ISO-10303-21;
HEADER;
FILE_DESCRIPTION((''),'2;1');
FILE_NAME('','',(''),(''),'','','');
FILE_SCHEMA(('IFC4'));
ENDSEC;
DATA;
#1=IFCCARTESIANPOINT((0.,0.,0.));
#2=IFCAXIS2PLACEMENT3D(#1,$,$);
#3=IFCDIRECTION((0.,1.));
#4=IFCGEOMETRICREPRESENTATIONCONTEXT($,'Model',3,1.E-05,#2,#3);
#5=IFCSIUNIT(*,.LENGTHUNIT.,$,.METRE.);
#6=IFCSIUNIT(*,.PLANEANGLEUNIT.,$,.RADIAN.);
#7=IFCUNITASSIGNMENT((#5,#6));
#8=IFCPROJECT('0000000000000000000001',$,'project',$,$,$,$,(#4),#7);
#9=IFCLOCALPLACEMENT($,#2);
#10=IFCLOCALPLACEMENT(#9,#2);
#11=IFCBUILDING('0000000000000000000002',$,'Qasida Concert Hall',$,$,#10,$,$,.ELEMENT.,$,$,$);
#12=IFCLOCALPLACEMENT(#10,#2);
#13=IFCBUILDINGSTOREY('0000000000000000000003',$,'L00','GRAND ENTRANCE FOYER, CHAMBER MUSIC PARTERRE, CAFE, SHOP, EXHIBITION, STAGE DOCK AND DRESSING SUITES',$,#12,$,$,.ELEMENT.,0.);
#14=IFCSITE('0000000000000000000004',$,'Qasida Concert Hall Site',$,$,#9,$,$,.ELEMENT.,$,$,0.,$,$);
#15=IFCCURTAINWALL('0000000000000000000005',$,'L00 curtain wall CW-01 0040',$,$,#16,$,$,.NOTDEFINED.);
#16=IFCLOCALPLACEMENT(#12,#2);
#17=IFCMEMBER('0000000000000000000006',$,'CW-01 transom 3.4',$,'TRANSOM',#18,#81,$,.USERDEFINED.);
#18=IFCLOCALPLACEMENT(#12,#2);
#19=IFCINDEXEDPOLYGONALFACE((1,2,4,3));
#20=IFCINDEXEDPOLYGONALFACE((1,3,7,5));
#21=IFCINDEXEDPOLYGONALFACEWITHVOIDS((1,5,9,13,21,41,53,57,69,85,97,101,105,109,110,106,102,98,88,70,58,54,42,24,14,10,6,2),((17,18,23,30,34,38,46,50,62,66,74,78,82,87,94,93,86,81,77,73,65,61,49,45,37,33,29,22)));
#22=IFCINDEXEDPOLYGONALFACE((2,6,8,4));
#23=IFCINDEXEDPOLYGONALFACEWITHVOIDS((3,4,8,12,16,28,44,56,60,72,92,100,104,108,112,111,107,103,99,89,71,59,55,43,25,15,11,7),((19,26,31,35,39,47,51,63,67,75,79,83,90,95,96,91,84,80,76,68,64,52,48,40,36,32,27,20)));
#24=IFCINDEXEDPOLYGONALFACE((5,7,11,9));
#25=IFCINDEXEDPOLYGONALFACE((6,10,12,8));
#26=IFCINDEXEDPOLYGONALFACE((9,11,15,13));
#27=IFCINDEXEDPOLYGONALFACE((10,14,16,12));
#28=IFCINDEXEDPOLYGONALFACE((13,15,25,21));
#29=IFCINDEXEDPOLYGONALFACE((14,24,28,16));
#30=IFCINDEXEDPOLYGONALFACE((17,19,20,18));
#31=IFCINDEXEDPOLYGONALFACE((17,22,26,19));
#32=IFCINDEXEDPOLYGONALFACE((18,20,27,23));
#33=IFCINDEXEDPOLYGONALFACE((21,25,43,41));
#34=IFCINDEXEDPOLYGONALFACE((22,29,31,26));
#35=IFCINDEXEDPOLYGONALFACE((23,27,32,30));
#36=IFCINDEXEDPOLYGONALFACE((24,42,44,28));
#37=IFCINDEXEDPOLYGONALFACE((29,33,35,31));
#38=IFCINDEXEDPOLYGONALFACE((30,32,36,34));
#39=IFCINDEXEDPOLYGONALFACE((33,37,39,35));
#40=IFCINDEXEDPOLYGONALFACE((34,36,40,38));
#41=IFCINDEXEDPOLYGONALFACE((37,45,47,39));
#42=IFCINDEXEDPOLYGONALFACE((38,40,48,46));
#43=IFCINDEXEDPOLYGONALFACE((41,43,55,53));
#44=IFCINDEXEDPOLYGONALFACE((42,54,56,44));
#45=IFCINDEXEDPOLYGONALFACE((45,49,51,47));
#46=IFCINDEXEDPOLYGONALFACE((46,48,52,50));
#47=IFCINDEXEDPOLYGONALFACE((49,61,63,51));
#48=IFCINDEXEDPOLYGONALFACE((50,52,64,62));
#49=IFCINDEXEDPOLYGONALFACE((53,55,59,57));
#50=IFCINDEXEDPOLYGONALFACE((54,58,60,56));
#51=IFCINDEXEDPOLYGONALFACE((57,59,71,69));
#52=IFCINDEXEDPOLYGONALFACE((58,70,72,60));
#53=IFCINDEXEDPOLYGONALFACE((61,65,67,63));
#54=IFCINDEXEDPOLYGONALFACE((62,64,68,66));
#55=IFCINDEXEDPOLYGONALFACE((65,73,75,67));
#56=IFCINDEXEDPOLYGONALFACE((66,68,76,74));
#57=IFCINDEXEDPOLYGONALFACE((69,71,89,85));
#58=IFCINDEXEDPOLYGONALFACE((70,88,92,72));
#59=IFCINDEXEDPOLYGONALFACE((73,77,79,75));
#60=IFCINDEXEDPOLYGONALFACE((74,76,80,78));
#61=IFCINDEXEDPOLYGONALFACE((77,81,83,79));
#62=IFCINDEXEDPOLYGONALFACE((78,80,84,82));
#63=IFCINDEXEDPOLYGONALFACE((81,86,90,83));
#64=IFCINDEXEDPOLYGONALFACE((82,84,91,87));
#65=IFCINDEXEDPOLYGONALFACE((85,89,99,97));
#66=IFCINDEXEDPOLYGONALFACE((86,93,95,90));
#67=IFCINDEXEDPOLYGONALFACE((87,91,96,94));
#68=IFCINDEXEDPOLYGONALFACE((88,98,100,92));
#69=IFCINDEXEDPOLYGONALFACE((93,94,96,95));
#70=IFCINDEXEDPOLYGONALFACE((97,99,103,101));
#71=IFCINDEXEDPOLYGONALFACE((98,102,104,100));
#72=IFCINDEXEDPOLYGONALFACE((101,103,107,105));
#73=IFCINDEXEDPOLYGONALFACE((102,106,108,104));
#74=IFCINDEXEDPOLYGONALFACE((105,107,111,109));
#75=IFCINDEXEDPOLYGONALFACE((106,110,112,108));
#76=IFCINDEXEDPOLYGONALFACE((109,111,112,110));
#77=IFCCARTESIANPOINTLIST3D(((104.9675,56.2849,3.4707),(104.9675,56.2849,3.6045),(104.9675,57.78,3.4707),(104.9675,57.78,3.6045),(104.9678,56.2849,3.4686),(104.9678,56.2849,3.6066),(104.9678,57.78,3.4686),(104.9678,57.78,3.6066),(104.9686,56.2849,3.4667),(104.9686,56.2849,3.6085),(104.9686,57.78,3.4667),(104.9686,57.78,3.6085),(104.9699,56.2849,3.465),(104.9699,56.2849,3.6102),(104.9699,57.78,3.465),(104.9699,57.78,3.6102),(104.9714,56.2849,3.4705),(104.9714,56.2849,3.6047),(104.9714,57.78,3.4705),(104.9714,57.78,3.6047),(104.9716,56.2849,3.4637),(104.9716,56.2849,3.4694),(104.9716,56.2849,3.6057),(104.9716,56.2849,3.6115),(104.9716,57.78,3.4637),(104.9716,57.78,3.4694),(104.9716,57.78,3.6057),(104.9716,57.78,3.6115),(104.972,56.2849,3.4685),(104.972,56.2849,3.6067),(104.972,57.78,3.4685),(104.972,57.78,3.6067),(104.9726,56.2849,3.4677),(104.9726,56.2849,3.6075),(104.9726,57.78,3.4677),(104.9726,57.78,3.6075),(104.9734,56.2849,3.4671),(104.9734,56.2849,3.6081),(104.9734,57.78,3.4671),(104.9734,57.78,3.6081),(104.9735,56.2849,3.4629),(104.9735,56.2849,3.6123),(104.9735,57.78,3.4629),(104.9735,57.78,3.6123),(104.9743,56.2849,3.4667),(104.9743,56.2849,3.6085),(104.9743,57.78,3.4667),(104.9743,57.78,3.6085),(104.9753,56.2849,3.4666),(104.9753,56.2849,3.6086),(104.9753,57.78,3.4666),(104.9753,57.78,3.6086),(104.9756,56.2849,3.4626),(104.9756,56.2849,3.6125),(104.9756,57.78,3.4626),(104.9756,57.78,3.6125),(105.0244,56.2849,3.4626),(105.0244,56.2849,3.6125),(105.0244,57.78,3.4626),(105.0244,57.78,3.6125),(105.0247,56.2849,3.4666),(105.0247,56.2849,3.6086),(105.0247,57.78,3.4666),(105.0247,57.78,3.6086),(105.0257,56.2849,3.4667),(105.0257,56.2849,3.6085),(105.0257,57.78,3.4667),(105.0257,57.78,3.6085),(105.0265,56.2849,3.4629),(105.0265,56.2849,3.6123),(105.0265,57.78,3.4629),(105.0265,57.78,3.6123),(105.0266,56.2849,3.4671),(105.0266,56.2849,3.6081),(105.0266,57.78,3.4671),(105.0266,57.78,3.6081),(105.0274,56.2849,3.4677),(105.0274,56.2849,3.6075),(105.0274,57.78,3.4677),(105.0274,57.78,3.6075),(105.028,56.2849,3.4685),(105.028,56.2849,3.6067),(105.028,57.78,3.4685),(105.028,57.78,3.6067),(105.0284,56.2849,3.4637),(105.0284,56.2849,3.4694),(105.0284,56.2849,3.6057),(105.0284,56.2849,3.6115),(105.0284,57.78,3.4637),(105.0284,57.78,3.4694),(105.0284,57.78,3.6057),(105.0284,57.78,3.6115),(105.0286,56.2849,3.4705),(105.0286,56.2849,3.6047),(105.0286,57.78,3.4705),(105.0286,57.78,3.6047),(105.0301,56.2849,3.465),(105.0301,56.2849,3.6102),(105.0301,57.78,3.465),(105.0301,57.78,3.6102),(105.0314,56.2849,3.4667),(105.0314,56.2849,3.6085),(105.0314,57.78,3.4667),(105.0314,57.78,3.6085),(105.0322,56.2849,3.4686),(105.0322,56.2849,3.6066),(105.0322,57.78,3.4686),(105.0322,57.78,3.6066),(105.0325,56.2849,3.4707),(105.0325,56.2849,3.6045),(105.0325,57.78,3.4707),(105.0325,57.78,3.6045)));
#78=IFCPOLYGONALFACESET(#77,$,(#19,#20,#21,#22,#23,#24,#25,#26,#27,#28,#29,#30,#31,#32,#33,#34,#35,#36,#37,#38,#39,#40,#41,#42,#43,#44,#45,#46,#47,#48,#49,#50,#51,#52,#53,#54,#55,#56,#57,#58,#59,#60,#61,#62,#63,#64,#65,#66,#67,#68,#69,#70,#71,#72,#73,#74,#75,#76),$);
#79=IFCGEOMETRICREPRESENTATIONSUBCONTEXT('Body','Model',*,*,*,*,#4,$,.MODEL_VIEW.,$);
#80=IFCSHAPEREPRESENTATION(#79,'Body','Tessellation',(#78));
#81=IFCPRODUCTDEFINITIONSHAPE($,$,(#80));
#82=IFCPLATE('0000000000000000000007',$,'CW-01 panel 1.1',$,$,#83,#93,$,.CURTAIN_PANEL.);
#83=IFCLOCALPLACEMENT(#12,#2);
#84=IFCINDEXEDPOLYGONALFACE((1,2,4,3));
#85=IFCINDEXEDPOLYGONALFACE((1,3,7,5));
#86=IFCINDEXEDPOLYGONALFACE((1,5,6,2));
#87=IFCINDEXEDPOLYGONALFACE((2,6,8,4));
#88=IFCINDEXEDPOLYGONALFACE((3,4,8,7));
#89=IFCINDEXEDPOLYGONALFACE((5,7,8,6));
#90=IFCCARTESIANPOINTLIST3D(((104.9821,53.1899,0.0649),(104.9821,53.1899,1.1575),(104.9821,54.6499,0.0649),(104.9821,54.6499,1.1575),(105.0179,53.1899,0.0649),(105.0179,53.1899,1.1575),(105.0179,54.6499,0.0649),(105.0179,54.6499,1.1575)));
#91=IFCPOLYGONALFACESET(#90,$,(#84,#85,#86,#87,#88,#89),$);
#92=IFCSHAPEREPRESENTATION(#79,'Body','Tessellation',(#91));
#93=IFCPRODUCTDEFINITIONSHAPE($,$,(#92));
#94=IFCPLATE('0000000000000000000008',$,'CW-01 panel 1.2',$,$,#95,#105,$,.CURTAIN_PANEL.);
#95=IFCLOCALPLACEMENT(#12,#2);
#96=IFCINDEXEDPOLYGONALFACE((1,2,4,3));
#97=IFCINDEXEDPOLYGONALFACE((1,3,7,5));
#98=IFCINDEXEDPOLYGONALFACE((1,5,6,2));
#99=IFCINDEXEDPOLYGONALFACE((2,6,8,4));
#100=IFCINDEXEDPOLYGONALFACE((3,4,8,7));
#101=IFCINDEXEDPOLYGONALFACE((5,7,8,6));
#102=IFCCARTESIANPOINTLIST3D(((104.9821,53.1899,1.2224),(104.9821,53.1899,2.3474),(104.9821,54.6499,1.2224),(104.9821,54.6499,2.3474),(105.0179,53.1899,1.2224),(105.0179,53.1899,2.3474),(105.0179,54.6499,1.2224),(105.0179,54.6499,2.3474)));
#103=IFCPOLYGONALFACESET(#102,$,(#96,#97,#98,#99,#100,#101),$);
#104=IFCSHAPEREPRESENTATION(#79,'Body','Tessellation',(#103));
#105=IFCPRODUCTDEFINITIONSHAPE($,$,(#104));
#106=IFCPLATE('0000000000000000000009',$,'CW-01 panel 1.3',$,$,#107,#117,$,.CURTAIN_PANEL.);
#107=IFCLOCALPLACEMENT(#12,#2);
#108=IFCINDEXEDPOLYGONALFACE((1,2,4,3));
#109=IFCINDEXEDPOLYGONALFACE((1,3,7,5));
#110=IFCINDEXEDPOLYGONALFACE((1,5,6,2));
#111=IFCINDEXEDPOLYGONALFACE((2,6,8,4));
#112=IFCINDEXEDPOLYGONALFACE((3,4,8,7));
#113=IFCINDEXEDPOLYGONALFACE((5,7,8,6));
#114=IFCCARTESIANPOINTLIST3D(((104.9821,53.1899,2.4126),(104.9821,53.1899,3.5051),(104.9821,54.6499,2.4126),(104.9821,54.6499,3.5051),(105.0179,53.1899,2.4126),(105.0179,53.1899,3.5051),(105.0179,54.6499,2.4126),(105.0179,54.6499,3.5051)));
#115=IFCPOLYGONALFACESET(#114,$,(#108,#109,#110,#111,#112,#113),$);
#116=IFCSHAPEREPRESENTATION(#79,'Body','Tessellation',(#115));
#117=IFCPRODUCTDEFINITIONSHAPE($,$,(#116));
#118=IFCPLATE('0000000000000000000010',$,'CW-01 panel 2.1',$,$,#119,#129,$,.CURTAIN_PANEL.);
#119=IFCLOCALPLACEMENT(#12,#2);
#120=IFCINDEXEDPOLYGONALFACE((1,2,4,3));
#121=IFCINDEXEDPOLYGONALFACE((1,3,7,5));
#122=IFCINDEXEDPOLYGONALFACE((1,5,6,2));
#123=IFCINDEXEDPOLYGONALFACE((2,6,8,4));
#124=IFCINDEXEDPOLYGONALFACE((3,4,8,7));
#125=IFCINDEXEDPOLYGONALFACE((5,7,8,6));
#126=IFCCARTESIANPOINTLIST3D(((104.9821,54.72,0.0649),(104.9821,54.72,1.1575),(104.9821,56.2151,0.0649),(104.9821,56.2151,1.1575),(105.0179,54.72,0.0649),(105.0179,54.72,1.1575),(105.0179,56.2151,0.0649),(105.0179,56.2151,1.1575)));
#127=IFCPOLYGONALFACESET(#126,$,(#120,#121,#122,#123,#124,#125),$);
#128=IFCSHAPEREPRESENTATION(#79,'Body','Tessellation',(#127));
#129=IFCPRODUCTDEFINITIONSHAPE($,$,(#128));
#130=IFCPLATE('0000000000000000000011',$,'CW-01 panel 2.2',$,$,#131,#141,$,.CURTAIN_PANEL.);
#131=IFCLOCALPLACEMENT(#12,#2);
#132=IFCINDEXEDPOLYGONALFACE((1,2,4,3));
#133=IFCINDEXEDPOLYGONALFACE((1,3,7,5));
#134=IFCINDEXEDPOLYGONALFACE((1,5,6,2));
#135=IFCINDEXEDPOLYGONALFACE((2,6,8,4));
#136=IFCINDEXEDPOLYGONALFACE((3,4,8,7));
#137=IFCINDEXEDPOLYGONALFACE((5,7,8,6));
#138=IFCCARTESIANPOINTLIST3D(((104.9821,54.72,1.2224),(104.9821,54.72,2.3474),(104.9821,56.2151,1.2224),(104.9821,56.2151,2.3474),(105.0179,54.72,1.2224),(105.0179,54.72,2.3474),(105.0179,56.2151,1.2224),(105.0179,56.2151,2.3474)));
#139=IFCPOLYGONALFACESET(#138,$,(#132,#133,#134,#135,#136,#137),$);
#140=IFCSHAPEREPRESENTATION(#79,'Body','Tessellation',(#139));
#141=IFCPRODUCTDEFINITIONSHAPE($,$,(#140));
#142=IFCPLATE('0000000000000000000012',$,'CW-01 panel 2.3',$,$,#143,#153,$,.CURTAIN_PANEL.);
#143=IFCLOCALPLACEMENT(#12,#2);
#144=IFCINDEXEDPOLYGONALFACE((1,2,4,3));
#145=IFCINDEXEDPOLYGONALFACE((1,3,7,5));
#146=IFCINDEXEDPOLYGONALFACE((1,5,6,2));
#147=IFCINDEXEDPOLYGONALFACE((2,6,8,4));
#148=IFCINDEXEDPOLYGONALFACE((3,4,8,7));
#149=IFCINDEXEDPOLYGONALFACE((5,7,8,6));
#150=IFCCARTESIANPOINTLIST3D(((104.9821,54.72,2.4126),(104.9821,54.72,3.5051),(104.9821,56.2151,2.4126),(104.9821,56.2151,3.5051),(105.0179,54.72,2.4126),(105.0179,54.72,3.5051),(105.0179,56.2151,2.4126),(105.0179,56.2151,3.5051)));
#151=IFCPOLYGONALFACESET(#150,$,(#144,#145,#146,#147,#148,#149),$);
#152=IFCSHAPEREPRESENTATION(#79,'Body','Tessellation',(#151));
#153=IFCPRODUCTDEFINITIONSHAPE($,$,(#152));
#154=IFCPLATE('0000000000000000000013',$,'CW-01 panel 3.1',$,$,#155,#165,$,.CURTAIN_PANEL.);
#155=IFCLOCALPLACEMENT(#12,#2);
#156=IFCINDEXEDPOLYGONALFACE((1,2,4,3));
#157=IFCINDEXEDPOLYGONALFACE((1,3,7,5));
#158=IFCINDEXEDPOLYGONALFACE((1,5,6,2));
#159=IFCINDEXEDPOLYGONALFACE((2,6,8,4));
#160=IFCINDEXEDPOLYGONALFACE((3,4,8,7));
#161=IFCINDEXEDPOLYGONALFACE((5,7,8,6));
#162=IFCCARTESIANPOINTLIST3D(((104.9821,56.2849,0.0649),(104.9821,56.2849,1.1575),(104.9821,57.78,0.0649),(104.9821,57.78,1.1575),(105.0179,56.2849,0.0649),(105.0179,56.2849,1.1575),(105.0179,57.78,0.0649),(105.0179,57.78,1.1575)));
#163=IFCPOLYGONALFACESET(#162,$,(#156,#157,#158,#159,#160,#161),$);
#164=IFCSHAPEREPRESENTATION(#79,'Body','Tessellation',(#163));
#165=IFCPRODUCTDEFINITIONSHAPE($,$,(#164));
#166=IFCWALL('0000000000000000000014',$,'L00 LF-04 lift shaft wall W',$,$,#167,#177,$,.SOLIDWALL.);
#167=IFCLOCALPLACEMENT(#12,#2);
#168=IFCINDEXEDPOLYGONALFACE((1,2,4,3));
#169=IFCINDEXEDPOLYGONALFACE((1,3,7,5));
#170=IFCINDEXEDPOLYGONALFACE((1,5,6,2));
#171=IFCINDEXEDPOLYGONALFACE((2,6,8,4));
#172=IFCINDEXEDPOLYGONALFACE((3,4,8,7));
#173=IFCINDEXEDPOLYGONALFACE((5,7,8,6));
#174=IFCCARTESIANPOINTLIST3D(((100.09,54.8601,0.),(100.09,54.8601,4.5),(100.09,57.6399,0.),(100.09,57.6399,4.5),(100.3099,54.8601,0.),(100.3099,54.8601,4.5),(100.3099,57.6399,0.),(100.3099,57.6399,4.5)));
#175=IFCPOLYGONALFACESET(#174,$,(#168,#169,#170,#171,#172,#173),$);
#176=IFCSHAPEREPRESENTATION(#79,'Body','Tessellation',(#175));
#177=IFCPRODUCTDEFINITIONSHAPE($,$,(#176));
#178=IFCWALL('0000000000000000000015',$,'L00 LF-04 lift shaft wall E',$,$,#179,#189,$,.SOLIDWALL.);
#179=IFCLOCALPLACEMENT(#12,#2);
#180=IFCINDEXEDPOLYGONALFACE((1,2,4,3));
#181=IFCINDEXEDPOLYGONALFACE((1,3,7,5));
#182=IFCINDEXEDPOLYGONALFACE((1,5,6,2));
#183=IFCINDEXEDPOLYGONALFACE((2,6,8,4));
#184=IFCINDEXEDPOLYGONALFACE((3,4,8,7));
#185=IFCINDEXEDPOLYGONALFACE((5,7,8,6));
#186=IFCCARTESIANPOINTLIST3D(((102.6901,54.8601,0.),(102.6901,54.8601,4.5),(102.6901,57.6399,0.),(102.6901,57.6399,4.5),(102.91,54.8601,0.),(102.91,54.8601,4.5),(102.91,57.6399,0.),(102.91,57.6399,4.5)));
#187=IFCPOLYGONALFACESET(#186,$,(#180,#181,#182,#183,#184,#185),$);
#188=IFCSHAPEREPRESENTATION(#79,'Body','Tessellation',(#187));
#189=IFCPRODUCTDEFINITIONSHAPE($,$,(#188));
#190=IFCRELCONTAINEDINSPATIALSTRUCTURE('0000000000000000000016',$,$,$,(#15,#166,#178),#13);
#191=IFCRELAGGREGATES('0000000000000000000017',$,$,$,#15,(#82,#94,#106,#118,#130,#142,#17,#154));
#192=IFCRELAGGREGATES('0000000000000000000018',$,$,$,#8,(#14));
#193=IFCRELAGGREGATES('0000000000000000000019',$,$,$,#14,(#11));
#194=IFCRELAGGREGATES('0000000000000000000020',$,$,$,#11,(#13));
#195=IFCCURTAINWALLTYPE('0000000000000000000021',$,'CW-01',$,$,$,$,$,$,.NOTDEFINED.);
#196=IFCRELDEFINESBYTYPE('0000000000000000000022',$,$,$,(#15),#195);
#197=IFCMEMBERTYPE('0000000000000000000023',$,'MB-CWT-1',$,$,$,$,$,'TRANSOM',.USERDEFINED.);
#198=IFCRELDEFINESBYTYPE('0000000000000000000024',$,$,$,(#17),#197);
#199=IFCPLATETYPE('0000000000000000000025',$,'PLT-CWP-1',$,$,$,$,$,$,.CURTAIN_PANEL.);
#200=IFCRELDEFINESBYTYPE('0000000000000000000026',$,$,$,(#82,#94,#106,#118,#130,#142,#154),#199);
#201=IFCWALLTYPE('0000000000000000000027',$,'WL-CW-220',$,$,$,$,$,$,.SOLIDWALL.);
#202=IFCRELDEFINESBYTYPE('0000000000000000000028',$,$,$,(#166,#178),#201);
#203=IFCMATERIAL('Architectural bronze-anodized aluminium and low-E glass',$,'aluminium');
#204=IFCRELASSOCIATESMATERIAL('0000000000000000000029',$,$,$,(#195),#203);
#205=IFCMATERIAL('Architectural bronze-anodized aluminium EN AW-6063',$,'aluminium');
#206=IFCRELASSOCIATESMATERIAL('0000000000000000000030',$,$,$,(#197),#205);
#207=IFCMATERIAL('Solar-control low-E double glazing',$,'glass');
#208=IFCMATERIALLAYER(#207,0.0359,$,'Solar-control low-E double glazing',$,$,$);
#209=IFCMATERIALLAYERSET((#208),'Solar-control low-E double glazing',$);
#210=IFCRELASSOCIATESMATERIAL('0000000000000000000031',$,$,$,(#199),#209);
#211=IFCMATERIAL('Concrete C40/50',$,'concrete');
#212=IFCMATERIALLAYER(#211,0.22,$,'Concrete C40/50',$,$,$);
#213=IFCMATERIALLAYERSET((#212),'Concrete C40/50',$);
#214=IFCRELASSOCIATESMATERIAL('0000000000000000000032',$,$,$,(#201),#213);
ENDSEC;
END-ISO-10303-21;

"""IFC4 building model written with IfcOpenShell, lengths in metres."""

from ifc_helpers import new_model, si_unit, direction, frame, frame_2d, origin, origin_2d, place, context, subcontext, project, spatial, rectangle, hollow_rectangle, extrude, material, layer, layer_set, material_profile, profile_set, type_object, element, aggregate, save


model = new_model("IFC4")

# Units and contexts
model_context = context("Model", 3, precision=1e-05, world=origin(), true_north=direction((0.0, 1.0)))
body_context = subcontext(model_context, "Body", "Model", "MODEL_VIEW")
ifc_project = project(units=[si_unit("LENGTHUNIT", "METRE"), si_unit("PLANEANGLEUNIT", "RADIAN")], contexts=[model_context])

# Site, building, storey
site_placement = place(None, origin())
site = spatial("IfcSite", under=ifc_project, at=site_placement, Name="Qasida Concert Hall Site", CompositionType="ELEMENT", RefElevation=0.0)
building_placement = place(site_placement, origin())
building = spatial("IfcBuilding", under=site, at=building_placement, Name="Qasida Concert Hall", CompositionType="ELEMENT")
storey_placement = place(building_placement, origin())
storey = spatial("IfcBuildingStorey", under=building, at=storey_placement, Name="L00", Description="GRAND ENTRANCE FOYER, CHAMBER MUSIC PARTERRE, CAFE, SHOP, EXHIBITION, STAGE DOCK AND DRESSING SUITES", CompositionType="ELEMENT", Elevation=0.0)

# Curtain wall, member, plates
ifc_material_1 = material(Name="Architectural bronze-anodized aluminium and low-E glass", Category="aluminium")
curtain_wall_type = type_object("IfcCurtainWallType", Name="CW-01", PredefinedType="NOTDEFINED", material=ifc_material_1)
curtain_wall_placement = place(storey_placement, origin())
curtain_wall = element("IfcCurtainWall", 1, at=curtain_wall_placement, inside=storey, type_object=curtain_wall_type, Name="L00 curtain wall CW-01 0040", PredefinedType="NOTDEFINED")
ifc_material_2 = material(Name="Architectural bronze-anodized aluminium EN AW-6063", Category="aluminium")
ifc_material_profile_1 = material_profile(ifc_material_2, hollow_rectangle(XDim=0.0649, YDim=0.1499, WallThickness=0.0039, InnerFilletRadius=0.0039, OuterFilletRadius=0.0081, at=origin_2d()), Name="CWT 150x65x4")
ifc_profile_set_1 = profile_set([ifc_material_profile_1], Name="Architectural bronze-anodized aluminium EN AW-6063")
member_type_1 = type_object("IfcMemberType", Name="MB-CWT-1", ElementType="TRANSOM", PredefinedType="USERDEFINED", material=ifc_profile_set_1)
member_1_placement = place(storey_placement, frame((105.0, 56.2849, 3.5376), z_axis=(0.0, 1.0, 0.0), x_axis=(-1.0, 0.0, 0.0)))
member_1 = element("IfcMember", 2, at=member_1_placement, type_object=member_type_1, Name="CW-01 transom 3.4", ObjectType="TRANSOM", PredefinedType="USERDEFINED", context=body_context, shape_type="SweptSolid", body=[
    extrude(hollow_rectangle(XDim=0.0649, YDim=0.1499, WallThickness=0.0039, InnerFilletRadius=0.0039, OuterFilletRadius=0.0081, at=origin_2d()), origin(), (0.0, 0.0, 1.0), 1.4951),
])
ifc_material_3 = material(Name="Solar-control low-E double glazing", Category="glass")
ifc_layer_1 = layer(ifc_material_3, 0.0359, Name="Solar-control low-E double glazing")
ifc_layer_set_1 = layer_set([ifc_layer_1], Name="Solar-control low-E double glazing")
plate_type = type_object("IfcPlateType", Name="PLT-CWP-1", PredefinedType="CURTAIN_PANEL", material=ifc_layer_set_1)
plate_1_placement = place(storey_placement, frame((105.0, 53.9199, 0.0649), z_axis=(0.0, 0.0, 1.0), x_axis=(0.0, 1.0, 0.0)))
plate_1 = element("IfcPlate", 3, at=plate_1_placement, type_object=plate_type, Name="CW-01 panel 1.1", PredefinedType="CURTAIN_PANEL", context=body_context, shape_type="SweptSolid", body=[
    extrude(rectangle(XDim=1.46, YDim=0.0359, at=origin_2d()), origin(), (0.0, 0.0, 1.0), 1.0925),
])
plate_2_placement = place(storey_placement, frame((105.0, 53.9199, 1.2224), z_axis=(0.0, 0.0, 1.0), x_axis=(0.0, 1.0, 0.0)))
plate_2 = element("IfcPlate", 4, at=plate_2_placement, type_object=plate_type, Name="CW-01 panel 1.2", PredefinedType="CURTAIN_PANEL", context=body_context, shape_type="SweptSolid", body=[
    extrude(rectangle(XDim=1.46, YDim=0.0359, at=origin_2d()), origin(), (0.0, 0.0, 1.0), 1.125),
])
plate_3_placement = place(storey_placement, frame((105.0, 53.9199, 2.4126), z_axis=(0.0, 0.0, 1.0), x_axis=(0.0, 1.0, 0.0)))
plate_3 = element("IfcPlate", 5, at=plate_3_placement, type_object=plate_type, Name="CW-01 panel 1.3", PredefinedType="CURTAIN_PANEL", context=body_context, shape_type="SweptSolid", body=[
    extrude(rectangle(XDim=1.46, YDim=0.0359, at=origin_2d()), origin(), (0.0, 0.0, 1.0), 1.0925),
])
plate_4_placement = place(storey_placement, frame((105.0, 55.4675, 0.0649), z_axis=(0.0, 0.0, 1.0), x_axis=(0.0, 1.0, 0.0)))
plate_4 = element("IfcPlate", 6, at=plate_4_placement, type_object=plate_type, Name="CW-01 panel 2.1", PredefinedType="CURTAIN_PANEL", context=body_context, shape_type="SweptSolid", body=[
    extrude(rectangle(XDim=1.4951, YDim=0.0359, at=origin_2d()), origin(), (0.0, 0.0, 1.0), 1.0925),
])
plate_5_placement = place(storey_placement, frame((105.0, 55.4675, 1.2224), z_axis=(0.0, 0.0, 1.0), x_axis=(0.0, 1.0, 0.0)))
plate_5 = element("IfcPlate", 7, at=plate_5_placement, type_object=plate_type, Name="CW-01 panel 2.2", PredefinedType="CURTAIN_PANEL", context=body_context, shape_type="SweptSolid", body=[
    extrude(rectangle(XDim=1.4951, YDim=0.0359, at=origin_2d()), origin(), (0.0, 0.0, 1.0), 1.125),
])
plate_6_placement = place(storey_placement, frame((105.0, 55.4675, 2.4126), z_axis=(0.0, 0.0, 1.0), x_axis=(0.0, 1.0, 0.0)))
plate_6 = element("IfcPlate", 8, at=plate_6_placement, type_object=plate_type, Name="CW-01 panel 2.3", PredefinedType="CURTAIN_PANEL", context=body_context, shape_type="SweptSolid", body=[
    extrude(rectangle(XDim=1.4951, YDim=0.0359, at=origin_2d()), origin(), (0.0, 0.0, 1.0), 1.0925),
])
plate_7_placement = place(storey_placement, frame((105.0, 57.0325, 0.0649), z_axis=(0.0, 0.0, 1.0), x_axis=(0.0, 1.0, 0.0)))
plate_7 = element("IfcPlate", 9, at=plate_7_placement, type_object=plate_type, Name="CW-01 panel 3.1", PredefinedType="CURTAIN_PANEL", context=body_context, shape_type="SweptSolid", body=[
    extrude(rectangle(XDim=1.4951, YDim=0.0359, at=origin_2d()), origin(), (0.0, 0.0, 1.0), 1.0925),
])
aggregate(curtain_wall, [plate_1, plate_2, plate_3, plate_4, plate_5, plate_6, member_1, plate_7])

# Shared definitions
ifc_material_4 = material(Name="Concrete C40/50", Category="concrete")
ifc_layer_2 = layer(ifc_material_4, 0.22, Name="Concrete C40/50")
ifc_layer_set_2 = layer_set([ifc_layer_2], Name="Concrete C40/50")
wall_type_1 = type_object("IfcWallType", Name="WL-CW-220", PredefinedType="SOLIDWALL", material=ifc_layer_set_2)

# Walls
for number, where, z_axis, x_axis, name in (
    (10, (100.2, 54.8601, 0.0), (0.0, 0.0, 1.0), (0.0, 1.0, 0.0), "L00 LF-04 lift shaft wall W"),
    (11, (102.8, 54.8601, 0.0), (0.0, 0.0, 1.0), (0.0, 1.0, 0.0), "L00 LF-04 lift shaft wall E"),
):
    element("IfcWall", number, at=place(storey_placement, frame(where, z_axis=z_axis, x_axis=x_axis)), inside=storey, type_object=wall_type_1, Name=name, PredefinedType="SOLIDWALL", context=body_context, shape_type="SweptSolid", body=[
        extrude(rectangle(XDim=2.7798, YDim=0.22, at=frame_2d((1.3899, 0.0))), origin(), (0.0, 0.0, 1.0), 4.5),
    ])

save(model, "model.ifc")
